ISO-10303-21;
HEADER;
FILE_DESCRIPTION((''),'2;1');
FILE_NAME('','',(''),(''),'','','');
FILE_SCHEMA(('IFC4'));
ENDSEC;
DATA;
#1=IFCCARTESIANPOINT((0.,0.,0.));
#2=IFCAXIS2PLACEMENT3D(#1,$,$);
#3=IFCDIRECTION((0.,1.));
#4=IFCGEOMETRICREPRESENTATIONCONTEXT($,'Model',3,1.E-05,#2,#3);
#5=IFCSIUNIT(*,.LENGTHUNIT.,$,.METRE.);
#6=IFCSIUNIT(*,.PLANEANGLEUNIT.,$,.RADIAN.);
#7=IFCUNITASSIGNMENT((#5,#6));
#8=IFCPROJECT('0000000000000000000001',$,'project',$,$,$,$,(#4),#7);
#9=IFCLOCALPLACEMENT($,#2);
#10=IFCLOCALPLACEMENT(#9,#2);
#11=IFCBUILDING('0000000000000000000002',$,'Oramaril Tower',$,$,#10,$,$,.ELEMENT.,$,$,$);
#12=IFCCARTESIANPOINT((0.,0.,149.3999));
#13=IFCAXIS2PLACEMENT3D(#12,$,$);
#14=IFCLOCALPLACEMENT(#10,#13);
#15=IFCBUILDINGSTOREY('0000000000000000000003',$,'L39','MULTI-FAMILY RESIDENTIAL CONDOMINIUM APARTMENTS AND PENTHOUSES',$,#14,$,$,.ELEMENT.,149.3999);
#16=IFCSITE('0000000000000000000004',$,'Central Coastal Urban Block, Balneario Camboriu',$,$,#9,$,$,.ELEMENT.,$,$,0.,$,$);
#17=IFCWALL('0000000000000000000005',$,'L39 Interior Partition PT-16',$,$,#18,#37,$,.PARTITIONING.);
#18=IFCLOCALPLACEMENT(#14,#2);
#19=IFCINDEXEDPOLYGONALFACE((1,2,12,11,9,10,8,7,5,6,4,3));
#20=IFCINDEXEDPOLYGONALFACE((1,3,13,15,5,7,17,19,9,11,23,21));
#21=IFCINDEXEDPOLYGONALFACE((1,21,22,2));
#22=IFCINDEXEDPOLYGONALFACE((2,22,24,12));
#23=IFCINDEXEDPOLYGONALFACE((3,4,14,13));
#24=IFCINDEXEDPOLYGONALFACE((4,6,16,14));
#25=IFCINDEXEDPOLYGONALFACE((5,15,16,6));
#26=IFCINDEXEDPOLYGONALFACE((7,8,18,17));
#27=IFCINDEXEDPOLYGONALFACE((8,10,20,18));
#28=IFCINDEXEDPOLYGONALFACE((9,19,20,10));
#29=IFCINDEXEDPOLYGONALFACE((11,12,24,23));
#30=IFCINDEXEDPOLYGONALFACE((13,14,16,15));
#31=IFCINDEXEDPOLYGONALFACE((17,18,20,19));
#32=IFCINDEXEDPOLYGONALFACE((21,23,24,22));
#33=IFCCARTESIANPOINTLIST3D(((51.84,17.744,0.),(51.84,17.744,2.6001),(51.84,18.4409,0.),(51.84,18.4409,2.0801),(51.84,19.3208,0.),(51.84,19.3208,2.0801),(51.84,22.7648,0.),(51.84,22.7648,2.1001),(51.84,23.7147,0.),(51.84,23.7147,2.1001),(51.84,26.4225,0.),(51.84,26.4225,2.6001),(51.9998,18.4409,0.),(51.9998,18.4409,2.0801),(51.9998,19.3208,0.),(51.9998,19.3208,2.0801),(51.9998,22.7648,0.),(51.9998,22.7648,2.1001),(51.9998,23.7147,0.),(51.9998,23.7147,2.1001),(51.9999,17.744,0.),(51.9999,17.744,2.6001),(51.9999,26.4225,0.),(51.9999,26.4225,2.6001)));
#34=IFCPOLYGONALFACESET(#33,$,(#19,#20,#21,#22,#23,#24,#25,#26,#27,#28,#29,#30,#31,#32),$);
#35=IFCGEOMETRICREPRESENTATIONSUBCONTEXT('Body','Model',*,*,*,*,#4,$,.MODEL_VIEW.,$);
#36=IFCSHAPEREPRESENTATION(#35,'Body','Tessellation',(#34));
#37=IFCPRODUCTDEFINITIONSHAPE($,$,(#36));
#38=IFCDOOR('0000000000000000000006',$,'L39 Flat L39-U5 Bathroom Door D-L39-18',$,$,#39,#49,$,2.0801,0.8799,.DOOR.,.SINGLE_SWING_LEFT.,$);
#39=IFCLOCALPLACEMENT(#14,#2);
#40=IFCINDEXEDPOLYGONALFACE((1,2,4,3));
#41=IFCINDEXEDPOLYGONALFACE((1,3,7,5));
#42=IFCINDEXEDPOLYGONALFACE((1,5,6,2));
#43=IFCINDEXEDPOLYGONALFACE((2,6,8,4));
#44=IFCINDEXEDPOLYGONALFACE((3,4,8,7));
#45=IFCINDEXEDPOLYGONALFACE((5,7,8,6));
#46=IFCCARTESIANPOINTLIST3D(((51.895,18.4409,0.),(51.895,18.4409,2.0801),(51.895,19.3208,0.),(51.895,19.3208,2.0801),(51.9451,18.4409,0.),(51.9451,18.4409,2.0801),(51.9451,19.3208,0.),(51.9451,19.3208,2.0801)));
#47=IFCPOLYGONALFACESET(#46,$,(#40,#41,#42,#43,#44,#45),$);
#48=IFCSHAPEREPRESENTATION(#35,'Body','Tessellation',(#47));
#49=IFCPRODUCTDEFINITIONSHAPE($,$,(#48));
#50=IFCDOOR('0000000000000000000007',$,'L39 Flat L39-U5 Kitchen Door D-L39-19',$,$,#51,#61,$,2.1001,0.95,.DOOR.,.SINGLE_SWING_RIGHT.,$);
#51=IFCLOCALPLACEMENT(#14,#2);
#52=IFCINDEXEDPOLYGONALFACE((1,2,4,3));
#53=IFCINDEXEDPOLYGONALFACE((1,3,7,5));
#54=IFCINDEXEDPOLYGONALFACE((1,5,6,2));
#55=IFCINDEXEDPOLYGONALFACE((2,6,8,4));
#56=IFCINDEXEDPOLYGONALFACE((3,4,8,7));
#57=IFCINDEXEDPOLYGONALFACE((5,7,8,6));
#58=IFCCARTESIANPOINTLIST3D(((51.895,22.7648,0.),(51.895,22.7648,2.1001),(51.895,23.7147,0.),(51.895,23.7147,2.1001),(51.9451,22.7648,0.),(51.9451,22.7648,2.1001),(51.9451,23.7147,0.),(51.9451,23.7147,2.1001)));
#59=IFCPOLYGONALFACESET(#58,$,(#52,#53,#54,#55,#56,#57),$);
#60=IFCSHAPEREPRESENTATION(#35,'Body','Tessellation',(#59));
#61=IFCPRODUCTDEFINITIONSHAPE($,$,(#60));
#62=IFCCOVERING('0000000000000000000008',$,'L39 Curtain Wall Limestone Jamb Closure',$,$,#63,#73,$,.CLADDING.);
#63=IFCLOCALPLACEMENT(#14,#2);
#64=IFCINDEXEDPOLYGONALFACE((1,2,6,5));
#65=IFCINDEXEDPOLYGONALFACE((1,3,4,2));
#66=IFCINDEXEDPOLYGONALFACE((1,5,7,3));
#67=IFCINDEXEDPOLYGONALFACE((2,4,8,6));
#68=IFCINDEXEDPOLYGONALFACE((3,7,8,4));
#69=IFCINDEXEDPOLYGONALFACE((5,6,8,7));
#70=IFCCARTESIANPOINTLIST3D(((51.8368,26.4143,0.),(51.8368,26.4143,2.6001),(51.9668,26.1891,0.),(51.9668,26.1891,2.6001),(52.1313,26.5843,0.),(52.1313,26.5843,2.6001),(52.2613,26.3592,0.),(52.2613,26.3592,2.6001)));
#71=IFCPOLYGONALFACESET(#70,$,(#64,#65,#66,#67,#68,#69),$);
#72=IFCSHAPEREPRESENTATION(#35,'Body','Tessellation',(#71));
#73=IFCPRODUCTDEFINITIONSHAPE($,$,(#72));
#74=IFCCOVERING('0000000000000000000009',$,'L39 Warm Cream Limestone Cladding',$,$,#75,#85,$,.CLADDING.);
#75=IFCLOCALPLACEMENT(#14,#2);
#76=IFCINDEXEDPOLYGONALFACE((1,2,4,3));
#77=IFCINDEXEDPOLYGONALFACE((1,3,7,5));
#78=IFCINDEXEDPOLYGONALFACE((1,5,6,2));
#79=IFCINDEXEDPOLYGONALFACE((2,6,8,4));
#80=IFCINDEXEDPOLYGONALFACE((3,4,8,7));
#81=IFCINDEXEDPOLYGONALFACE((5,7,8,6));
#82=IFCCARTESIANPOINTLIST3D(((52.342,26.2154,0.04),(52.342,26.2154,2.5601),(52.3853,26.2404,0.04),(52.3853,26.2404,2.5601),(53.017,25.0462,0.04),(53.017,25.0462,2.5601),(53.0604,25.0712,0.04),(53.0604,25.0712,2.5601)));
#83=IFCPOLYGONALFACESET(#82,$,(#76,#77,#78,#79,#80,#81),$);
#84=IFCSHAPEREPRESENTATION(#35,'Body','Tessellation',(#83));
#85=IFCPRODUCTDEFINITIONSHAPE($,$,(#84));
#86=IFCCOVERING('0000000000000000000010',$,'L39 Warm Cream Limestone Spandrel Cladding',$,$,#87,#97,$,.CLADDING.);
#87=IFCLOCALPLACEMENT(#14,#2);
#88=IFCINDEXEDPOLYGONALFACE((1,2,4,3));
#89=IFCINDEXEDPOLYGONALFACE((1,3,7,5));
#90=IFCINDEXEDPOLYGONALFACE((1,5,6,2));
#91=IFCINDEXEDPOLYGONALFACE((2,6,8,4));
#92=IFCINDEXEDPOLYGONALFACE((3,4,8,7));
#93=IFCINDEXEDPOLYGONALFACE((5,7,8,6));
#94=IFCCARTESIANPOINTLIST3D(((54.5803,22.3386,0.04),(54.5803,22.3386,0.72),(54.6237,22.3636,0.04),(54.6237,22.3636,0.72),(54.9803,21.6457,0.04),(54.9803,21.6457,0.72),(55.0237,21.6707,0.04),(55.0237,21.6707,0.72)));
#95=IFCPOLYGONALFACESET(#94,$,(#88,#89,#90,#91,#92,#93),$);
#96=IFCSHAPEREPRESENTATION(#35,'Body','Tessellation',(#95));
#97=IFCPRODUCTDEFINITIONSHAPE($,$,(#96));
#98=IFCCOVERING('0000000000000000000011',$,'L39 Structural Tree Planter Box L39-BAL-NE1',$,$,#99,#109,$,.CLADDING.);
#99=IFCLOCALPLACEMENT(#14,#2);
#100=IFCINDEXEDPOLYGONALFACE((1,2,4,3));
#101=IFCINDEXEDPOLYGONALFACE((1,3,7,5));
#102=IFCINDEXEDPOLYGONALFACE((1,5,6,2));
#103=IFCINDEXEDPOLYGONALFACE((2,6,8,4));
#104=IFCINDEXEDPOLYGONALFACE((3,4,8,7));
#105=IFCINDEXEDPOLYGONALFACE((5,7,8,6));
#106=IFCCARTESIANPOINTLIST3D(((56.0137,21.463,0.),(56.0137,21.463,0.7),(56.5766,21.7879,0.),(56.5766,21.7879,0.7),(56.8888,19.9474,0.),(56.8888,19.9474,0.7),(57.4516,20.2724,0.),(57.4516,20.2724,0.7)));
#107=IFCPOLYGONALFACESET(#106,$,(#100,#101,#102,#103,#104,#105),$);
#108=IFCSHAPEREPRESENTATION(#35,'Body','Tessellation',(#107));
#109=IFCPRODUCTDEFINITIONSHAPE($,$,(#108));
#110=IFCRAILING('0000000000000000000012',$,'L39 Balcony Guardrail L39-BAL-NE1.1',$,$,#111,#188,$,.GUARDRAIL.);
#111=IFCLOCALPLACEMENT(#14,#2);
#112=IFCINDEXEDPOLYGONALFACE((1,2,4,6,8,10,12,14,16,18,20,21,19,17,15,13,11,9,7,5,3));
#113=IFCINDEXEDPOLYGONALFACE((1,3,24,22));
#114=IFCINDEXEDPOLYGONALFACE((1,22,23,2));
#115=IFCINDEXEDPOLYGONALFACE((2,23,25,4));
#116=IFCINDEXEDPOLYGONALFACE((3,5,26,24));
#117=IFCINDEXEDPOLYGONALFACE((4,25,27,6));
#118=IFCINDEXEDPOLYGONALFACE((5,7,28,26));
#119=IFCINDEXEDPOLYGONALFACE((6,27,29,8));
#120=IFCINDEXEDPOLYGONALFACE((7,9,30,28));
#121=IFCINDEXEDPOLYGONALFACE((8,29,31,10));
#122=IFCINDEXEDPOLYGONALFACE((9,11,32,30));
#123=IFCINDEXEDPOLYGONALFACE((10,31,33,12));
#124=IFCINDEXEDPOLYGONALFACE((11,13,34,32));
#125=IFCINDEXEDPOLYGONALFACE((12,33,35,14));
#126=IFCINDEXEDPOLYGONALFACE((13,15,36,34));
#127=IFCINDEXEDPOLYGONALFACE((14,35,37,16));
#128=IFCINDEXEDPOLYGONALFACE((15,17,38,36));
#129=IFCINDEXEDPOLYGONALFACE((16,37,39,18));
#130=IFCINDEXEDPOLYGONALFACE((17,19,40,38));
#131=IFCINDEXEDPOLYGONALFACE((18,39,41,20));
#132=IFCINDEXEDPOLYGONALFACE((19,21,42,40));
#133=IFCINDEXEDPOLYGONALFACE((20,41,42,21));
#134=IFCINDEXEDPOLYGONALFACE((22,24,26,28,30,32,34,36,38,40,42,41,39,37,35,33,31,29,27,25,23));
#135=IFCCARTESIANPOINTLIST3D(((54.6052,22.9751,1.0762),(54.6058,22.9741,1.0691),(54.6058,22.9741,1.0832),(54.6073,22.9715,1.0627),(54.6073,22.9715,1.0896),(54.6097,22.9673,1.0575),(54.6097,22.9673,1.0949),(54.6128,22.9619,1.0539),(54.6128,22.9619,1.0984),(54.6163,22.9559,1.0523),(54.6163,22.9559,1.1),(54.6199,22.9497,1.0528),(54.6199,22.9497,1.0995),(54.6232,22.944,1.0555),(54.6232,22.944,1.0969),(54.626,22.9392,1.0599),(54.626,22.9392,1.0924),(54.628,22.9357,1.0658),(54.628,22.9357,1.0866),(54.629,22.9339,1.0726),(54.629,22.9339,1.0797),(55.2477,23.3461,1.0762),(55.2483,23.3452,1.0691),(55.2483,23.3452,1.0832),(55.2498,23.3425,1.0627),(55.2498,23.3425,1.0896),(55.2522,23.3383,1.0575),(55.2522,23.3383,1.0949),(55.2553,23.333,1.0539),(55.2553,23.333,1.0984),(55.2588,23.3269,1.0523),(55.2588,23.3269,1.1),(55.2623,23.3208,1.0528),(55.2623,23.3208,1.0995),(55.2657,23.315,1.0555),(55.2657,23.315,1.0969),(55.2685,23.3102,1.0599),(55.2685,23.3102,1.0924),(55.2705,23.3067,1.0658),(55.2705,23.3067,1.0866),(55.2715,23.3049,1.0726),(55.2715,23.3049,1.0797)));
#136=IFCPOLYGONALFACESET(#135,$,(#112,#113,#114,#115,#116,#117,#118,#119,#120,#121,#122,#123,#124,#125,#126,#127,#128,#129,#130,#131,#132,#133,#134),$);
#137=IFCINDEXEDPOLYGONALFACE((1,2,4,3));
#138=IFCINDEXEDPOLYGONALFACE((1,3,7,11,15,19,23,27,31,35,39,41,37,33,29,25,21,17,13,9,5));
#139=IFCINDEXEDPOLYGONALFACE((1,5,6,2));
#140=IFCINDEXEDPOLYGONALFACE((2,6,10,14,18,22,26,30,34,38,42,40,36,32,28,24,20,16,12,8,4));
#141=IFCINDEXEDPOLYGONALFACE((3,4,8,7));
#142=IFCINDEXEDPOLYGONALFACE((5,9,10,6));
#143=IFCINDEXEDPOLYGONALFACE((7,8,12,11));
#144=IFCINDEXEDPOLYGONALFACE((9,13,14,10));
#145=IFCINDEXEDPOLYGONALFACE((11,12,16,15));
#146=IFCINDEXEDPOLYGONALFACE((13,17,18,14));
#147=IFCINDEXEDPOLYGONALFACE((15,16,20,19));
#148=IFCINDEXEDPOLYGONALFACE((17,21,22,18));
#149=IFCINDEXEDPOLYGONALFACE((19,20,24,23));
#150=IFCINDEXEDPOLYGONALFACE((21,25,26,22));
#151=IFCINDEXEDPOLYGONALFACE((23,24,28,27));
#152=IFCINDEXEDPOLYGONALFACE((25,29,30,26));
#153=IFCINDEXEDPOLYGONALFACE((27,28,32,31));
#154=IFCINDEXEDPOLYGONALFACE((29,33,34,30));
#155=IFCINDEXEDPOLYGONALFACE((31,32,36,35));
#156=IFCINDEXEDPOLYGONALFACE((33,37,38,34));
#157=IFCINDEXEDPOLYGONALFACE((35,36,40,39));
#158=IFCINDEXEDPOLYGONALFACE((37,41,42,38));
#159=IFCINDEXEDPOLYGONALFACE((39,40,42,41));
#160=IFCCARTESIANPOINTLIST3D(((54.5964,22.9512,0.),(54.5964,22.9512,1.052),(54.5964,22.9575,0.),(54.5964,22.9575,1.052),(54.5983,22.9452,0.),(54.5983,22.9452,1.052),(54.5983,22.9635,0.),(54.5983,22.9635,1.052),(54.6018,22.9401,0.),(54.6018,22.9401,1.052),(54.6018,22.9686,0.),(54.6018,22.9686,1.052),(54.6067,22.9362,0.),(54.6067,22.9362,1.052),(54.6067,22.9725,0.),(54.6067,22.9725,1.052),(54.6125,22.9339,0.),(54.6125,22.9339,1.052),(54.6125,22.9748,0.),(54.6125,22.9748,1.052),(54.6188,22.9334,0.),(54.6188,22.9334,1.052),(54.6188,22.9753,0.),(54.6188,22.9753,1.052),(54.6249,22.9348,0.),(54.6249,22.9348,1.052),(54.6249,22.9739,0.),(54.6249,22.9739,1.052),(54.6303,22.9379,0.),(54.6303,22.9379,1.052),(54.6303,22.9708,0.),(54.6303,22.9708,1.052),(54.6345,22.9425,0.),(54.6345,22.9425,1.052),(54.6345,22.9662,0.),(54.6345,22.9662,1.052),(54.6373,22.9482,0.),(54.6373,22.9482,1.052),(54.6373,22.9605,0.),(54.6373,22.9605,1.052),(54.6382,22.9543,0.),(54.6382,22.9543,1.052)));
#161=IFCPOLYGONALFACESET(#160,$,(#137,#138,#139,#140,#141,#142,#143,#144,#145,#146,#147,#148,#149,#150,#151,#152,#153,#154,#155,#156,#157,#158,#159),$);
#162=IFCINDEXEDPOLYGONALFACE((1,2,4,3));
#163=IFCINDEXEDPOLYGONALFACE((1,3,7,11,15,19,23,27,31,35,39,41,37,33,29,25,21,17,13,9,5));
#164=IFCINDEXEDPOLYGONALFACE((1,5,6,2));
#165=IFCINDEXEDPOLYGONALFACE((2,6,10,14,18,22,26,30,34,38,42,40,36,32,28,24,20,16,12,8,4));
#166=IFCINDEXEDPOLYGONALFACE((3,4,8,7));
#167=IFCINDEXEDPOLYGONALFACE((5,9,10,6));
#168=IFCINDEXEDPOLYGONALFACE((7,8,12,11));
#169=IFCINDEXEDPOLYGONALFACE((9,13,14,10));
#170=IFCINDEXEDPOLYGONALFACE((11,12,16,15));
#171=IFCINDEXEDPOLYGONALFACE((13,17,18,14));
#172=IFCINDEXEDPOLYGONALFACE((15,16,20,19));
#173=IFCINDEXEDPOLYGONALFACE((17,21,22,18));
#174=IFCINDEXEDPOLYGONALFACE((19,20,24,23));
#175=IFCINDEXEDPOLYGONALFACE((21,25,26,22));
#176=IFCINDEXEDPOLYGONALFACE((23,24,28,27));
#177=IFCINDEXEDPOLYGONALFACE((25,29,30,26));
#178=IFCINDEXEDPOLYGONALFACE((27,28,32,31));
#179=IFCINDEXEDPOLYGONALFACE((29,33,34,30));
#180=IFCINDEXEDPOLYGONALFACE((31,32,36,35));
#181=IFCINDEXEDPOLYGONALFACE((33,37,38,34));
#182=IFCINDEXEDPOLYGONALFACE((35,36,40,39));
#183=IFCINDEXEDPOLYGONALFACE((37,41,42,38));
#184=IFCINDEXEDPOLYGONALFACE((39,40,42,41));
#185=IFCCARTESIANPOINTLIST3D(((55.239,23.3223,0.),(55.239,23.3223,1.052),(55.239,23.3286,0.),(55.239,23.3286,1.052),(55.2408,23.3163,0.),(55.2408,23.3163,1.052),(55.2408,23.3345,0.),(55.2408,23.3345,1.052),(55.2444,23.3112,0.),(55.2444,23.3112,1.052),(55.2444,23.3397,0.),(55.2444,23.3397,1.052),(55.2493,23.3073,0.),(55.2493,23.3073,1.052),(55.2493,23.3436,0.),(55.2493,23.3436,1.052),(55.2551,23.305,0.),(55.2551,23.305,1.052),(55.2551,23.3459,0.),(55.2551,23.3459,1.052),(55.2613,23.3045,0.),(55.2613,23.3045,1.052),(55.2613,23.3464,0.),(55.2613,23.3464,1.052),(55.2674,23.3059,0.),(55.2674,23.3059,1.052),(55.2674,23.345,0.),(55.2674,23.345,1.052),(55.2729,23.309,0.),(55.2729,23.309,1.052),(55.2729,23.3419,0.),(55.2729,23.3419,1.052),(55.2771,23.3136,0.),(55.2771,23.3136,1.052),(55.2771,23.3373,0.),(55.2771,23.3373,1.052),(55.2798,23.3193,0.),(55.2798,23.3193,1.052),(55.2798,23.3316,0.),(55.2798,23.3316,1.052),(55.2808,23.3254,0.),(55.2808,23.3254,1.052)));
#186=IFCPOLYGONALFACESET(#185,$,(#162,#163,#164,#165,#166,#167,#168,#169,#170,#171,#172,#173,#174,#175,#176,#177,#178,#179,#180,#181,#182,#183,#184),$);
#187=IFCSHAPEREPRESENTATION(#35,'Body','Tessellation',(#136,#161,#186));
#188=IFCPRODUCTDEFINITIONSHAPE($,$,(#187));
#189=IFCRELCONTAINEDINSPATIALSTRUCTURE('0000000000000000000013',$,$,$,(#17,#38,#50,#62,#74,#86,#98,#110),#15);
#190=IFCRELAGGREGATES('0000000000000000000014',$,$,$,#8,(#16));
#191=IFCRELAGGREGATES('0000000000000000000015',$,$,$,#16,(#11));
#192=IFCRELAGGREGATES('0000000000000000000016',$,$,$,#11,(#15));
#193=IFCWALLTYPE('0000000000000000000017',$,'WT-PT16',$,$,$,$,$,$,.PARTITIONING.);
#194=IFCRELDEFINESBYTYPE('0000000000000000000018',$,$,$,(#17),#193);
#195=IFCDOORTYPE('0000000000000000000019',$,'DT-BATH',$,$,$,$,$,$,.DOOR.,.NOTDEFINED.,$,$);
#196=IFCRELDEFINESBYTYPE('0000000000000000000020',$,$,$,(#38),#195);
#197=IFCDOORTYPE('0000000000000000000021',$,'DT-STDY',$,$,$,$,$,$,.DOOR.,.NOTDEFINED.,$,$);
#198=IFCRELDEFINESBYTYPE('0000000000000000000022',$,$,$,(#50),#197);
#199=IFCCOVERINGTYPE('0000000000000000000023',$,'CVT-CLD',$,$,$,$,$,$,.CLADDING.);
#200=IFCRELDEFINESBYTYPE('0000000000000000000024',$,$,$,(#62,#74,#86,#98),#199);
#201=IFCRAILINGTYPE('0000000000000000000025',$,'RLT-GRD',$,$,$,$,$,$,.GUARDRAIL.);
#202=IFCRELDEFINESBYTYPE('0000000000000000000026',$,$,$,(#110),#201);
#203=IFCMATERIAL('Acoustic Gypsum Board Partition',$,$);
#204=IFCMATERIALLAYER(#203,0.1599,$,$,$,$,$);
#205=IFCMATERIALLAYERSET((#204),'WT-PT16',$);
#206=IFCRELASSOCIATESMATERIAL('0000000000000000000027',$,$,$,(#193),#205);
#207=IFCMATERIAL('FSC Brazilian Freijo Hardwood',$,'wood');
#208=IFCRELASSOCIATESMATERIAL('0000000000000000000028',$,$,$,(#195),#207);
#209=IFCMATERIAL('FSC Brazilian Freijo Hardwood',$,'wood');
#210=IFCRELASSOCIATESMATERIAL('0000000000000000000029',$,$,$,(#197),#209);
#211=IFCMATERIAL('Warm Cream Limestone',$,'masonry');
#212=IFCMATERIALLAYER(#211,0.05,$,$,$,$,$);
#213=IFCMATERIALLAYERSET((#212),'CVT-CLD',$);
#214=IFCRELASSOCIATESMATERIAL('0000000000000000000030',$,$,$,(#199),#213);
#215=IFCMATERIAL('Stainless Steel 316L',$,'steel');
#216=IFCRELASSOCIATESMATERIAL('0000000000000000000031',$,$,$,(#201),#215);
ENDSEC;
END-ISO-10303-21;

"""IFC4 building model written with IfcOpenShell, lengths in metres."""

from ifc_helpers import new_model, si_unit, direction, frame, frame_2d, origin, origin_2d, place, context, subcontext, project, spatial, rectangle, circle, extrude, material, layer, layer_set, type_object, element, fill, save


model = new_model("IFC4")

# Units and contexts
model_context = context("Model", 3, precision=1e-05, world=origin(), true_north=direction((0.0, 1.0)))
body_context = subcontext(model_context, "Body", "Model", "MODEL_VIEW")
ifc_project = project(units=[si_unit("LENGTHUNIT", "METRE"), si_unit("PLANEANGLEUNIT", "RADIAN")], contexts=[model_context])

# Site, building, storey
site_placement = place(None, origin())
site = spatial("IfcSite", under=ifc_project, at=site_placement, Name="Central Coastal Urban Block, Balneario Camboriu", CompositionType="ELEMENT", RefElevation=0.0)
building_placement = place(site_placement, origin())
building = spatial("IfcBuilding", under=site, at=building_placement, Name="Oramaril Tower", CompositionType="ELEMENT")
storey_placement = place(building_placement, frame((0.0, 0.0, 149.3999)))
storey = spatial("IfcBuildingStorey", under=building, at=storey_placement, Name="L39", Description="MULTI-FAMILY RESIDENTIAL CONDOMINIUM APARTMENTS AND PENTHOUSES", CompositionType="ELEMENT", Elevation=149.3999)

# Wall, openings, doors
ifc_material_1 = material(Name="Acoustic Gypsum Board Partition")
ifc_layer_1 = layer(ifc_material_1, 0.1599)
ifc_layer_set_1 = layer_set([ifc_layer_1], Name="WT-PT16")
wall_type_1 = type_object("IfcWallType", Name="WT-PT16", PredefinedType="PARTITIONING", material=ifc_layer_set_1)
wall_1_placement = place(storey_placement, frame((51.9199, 17.7439, 0.0), z_axis=(0.0, 0.0, 1.0), x_axis=(0.0, 1.0, 0.0)))
wall_1 = element("IfcWall", 1, at=wall_1_placement, inside=storey, type_object=wall_type_1, Name="L39 Interior Partition PT-16", PredefinedType="PARTITIONING", context=body_context, shape_type="SweptSolid", body=[
    extrude(rectangle(XDim=8.6785, YDim=0.1599, at=frame_2d((4.3394, 0.0))), origin(), (0.0, 0.0, 1.0), 2.6001),
])
opening_1_placement = place(wall_1_placement, frame((0.697, 0.0, 0.0)))
opening_1 = element("IfcOpeningElement", 2, at=opening_1_placement, cuts=wall_1, PredefinedType="OPENING", context=body_context, shape_type="SweptSolid", body=[
    extrude(rectangle(XDim=0.8799, YDim=2.0801, at=frame_2d((0.4399, 1.04))), frame((0.0, 0.0801, 0.0), z_axis=(0.0, -1.0, 0.0), x_axis=(1.0, 0.0, 0.0)), (0.0, 0.0, 1.0), 0.1599),
])
opening_2_placement = place(wall_1_placement, frame((5.0208, 0.0, 0.0)))
opening_2 = element("IfcOpeningElement", 3, at=opening_2_placement, cuts=wall_1, PredefinedType="OPENING", context=body_context, shape_type="SweptSolid", body=[
    extrude(rectangle(XDim=0.95, YDim=2.1001, at=frame_2d((0.4751, 1.05))), frame((0.0, 0.0801, 0.0), z_axis=(0.0, -1.0, 0.0), x_axis=(1.0, 0.0, 0.0)), (0.0, 0.0, 1.0), 0.1599),
])
ifc_material_2 = material(Name="FSC Brazilian Freijo Hardwood", Category="wood")
door_type_1 = type_object("IfcDoorType", Name="DT-BATH", OperationType="NOTDEFINED", PredefinedType="DOOR", material=ifc_material_2)
door_1_placement = place(opening_1_placement, origin())
door_1 = element("IfcDoor", 4, at=door_1_placement, inside=storey, type_object=door_type_1, Name="L39 Flat L39-U5 Bathroom Door D-L39-18", OperationType="SINGLE_SWING_LEFT", OverallHeight=2.0801, OverallWidth=0.8799, PredefinedType="DOOR", context=body_context, shape_type="SweptSolid", body=[
    extrude(rectangle(XDim=0.8799, YDim=2.0801, at=frame_2d((0.4399, 1.04))), frame((0.0, 0.0249, 0.0), z_axis=(0.0, -1.0, 0.0), x_axis=(1.0, 0.0, 0.0)), (0.0, 0.0, 1.0), 0.05),
])
fill(opening_1, door_1)
ifc_material_3 = material(Name="FSC Brazilian Freijo Hardwood", Category="wood")
door_type_2 = type_object("IfcDoorType", Name="DT-STDY", OperationType="NOTDEFINED", PredefinedType="DOOR", material=ifc_material_3)
door_2_placement = place(opening_2_placement, origin())
door_2 = element("IfcDoor", 5, at=door_2_placement, inside=storey, type_object=door_type_2, Name="L39 Flat L39-U5 Kitchen Door D-L39-19", OperationType="SINGLE_SWING_RIGHT", OverallHeight=2.1001, OverallWidth=0.95, PredefinedType="DOOR", context=body_context, shape_type="SweptSolid", body=[
    extrude(rectangle(XDim=0.95, YDim=2.1001, at=frame_2d((0.4751, 1.05))), frame((0.0, 0.0249, 0.0), z_axis=(0.0, -1.0, 0.0), x_axis=(1.0, 0.0, 0.0)), (0.0, 0.0, 1.0), 0.05),
])
fill(opening_2, door_2)

# Coverings
ifc_material_4 = material(Name="Warm Cream Limestone", Category="masonry")
ifc_layer_2 = layer(ifc_material_4, 0.05)
ifc_layer_set_2 = layer_set([ifc_layer_2], Name="CVT-CLD")
covering_type = type_object("IfcCoveringType", Name="CVT-CLD", PredefinedType="CLADDING", material=ifc_layer_set_2)
covering_1_placement = place(storey_placement, frame((52.0491, 26.3867, 0.0), z_axis=(0.0, 0.0, 1.0), x_axis=(-0.5, 0.866025, 0.0)))
element("IfcCovering", 6, at=covering_1_placement, inside=storey, type_object=covering_type, Name="L39 Curtain Wall Limestone Jamb Closure", PredefinedType="CLADDING", context=body_context, shape_type="SweptSolid", body=[
    extrude(rectangle(XDim=0.26, YDim=0.3401, at=origin_2d()), origin(), (0.0, 0.0, 1.0), 2.6001),
])
covering_2_placement = place(storey_placement, frame((52.7012, 25.6433, 0.04), z_axis=(0.0, 0.0, 1.0), x_axis=(-0.5, 0.866025, 0.0)))
element("IfcCovering", 7, at=covering_2_placement, inside=storey, type_object=covering_type, Name="L39 Warm Cream Limestone Cladding", PredefinedType="CLADDING", context=body_context, shape_type="SweptSolid", body=[
    extrude(rectangle(XDim=1.3501, YDim=0.05, at=origin_2d()), origin(), (0.0, 0.0, 1.0), 2.52),
])
covering_3_placement = place(storey_placement, frame((54.802, 22.0046, 0.04), z_axis=(0.0, 0.0, 1.0), x_axis=(-0.5, 0.866025, 0.0)))
element("IfcCovering", 8, at=covering_3_placement, inside=storey, type_object=covering_type, Name="L39 Warm Cream Limestone Spandrel Cladding", PredefinedType="CLADDING", context=body_context, shape_type="SweptSolid", body=[
    extrude(rectangle(XDim=0.8, YDim=0.05, at=origin_2d()), origin(), (0.0, 0.0, 1.0), 0.6799),
])
covering_4_placement = place(storey_placement, frame((56.7327, 20.8677, 0.0), z_axis=(0.0, 0.0, 1.0), x_axis=(-0.500002, 0.866025, 0.0)))
element("IfcCovering", 9, at=covering_4_placement, inside=storey, type_object=covering_type, Name="L39 Structural Tree Planter Box L39-BAL-NE1", PredefinedType="CLADDING", context=body_context, shape_type="SweptSolid", body=[
    extrude(rectangle(XDim=1.75, YDim=0.6499, at=origin_2d()), origin(), (0.0, 0.0, 1.0), 0.7),
])

# Railing
ifc_material_5 = material(Name="Stainless Steel 316L", Category="steel")
railing_type = type_object("IfcRailingType", Name="RLT-GRD", PredefinedType="GUARDRAIL", material=ifc_material_5)
railing_1_placement = place(storey_placement, frame((54.6172, 22.9543, 0.0)))
element("IfcRailing", 10, at=railing_1_placement, inside=storey, type_object=railing_type, Name="L39 Balcony Guardrail L39-BAL-NE1.1", PredefinedType="GUARDRAIL", context=body_context, shape_type="SweptSolid", body=[
    extrude(circle(Radius=0.0239, at=origin_2d()), frame((0.0, 0.0, 1.0762), z_axis=(0.865966, 0.500102, 0.0), x_axis=(-0.500102, 0.865966, 0.0)), (0.0, 0.0, 1.0), 0.7419),
    extrude(circle(Radius=0.021, at=origin_2d()), origin(), (0.0, 0.0, 1.0), 1.052),
    extrude(circle(Radius=0.021, at=origin_2d()), frame((0.6426, 0.3711, 0.0)), (0.0, 0.0, 1.0), 1.052),
])

save(model, "model.ifc")
